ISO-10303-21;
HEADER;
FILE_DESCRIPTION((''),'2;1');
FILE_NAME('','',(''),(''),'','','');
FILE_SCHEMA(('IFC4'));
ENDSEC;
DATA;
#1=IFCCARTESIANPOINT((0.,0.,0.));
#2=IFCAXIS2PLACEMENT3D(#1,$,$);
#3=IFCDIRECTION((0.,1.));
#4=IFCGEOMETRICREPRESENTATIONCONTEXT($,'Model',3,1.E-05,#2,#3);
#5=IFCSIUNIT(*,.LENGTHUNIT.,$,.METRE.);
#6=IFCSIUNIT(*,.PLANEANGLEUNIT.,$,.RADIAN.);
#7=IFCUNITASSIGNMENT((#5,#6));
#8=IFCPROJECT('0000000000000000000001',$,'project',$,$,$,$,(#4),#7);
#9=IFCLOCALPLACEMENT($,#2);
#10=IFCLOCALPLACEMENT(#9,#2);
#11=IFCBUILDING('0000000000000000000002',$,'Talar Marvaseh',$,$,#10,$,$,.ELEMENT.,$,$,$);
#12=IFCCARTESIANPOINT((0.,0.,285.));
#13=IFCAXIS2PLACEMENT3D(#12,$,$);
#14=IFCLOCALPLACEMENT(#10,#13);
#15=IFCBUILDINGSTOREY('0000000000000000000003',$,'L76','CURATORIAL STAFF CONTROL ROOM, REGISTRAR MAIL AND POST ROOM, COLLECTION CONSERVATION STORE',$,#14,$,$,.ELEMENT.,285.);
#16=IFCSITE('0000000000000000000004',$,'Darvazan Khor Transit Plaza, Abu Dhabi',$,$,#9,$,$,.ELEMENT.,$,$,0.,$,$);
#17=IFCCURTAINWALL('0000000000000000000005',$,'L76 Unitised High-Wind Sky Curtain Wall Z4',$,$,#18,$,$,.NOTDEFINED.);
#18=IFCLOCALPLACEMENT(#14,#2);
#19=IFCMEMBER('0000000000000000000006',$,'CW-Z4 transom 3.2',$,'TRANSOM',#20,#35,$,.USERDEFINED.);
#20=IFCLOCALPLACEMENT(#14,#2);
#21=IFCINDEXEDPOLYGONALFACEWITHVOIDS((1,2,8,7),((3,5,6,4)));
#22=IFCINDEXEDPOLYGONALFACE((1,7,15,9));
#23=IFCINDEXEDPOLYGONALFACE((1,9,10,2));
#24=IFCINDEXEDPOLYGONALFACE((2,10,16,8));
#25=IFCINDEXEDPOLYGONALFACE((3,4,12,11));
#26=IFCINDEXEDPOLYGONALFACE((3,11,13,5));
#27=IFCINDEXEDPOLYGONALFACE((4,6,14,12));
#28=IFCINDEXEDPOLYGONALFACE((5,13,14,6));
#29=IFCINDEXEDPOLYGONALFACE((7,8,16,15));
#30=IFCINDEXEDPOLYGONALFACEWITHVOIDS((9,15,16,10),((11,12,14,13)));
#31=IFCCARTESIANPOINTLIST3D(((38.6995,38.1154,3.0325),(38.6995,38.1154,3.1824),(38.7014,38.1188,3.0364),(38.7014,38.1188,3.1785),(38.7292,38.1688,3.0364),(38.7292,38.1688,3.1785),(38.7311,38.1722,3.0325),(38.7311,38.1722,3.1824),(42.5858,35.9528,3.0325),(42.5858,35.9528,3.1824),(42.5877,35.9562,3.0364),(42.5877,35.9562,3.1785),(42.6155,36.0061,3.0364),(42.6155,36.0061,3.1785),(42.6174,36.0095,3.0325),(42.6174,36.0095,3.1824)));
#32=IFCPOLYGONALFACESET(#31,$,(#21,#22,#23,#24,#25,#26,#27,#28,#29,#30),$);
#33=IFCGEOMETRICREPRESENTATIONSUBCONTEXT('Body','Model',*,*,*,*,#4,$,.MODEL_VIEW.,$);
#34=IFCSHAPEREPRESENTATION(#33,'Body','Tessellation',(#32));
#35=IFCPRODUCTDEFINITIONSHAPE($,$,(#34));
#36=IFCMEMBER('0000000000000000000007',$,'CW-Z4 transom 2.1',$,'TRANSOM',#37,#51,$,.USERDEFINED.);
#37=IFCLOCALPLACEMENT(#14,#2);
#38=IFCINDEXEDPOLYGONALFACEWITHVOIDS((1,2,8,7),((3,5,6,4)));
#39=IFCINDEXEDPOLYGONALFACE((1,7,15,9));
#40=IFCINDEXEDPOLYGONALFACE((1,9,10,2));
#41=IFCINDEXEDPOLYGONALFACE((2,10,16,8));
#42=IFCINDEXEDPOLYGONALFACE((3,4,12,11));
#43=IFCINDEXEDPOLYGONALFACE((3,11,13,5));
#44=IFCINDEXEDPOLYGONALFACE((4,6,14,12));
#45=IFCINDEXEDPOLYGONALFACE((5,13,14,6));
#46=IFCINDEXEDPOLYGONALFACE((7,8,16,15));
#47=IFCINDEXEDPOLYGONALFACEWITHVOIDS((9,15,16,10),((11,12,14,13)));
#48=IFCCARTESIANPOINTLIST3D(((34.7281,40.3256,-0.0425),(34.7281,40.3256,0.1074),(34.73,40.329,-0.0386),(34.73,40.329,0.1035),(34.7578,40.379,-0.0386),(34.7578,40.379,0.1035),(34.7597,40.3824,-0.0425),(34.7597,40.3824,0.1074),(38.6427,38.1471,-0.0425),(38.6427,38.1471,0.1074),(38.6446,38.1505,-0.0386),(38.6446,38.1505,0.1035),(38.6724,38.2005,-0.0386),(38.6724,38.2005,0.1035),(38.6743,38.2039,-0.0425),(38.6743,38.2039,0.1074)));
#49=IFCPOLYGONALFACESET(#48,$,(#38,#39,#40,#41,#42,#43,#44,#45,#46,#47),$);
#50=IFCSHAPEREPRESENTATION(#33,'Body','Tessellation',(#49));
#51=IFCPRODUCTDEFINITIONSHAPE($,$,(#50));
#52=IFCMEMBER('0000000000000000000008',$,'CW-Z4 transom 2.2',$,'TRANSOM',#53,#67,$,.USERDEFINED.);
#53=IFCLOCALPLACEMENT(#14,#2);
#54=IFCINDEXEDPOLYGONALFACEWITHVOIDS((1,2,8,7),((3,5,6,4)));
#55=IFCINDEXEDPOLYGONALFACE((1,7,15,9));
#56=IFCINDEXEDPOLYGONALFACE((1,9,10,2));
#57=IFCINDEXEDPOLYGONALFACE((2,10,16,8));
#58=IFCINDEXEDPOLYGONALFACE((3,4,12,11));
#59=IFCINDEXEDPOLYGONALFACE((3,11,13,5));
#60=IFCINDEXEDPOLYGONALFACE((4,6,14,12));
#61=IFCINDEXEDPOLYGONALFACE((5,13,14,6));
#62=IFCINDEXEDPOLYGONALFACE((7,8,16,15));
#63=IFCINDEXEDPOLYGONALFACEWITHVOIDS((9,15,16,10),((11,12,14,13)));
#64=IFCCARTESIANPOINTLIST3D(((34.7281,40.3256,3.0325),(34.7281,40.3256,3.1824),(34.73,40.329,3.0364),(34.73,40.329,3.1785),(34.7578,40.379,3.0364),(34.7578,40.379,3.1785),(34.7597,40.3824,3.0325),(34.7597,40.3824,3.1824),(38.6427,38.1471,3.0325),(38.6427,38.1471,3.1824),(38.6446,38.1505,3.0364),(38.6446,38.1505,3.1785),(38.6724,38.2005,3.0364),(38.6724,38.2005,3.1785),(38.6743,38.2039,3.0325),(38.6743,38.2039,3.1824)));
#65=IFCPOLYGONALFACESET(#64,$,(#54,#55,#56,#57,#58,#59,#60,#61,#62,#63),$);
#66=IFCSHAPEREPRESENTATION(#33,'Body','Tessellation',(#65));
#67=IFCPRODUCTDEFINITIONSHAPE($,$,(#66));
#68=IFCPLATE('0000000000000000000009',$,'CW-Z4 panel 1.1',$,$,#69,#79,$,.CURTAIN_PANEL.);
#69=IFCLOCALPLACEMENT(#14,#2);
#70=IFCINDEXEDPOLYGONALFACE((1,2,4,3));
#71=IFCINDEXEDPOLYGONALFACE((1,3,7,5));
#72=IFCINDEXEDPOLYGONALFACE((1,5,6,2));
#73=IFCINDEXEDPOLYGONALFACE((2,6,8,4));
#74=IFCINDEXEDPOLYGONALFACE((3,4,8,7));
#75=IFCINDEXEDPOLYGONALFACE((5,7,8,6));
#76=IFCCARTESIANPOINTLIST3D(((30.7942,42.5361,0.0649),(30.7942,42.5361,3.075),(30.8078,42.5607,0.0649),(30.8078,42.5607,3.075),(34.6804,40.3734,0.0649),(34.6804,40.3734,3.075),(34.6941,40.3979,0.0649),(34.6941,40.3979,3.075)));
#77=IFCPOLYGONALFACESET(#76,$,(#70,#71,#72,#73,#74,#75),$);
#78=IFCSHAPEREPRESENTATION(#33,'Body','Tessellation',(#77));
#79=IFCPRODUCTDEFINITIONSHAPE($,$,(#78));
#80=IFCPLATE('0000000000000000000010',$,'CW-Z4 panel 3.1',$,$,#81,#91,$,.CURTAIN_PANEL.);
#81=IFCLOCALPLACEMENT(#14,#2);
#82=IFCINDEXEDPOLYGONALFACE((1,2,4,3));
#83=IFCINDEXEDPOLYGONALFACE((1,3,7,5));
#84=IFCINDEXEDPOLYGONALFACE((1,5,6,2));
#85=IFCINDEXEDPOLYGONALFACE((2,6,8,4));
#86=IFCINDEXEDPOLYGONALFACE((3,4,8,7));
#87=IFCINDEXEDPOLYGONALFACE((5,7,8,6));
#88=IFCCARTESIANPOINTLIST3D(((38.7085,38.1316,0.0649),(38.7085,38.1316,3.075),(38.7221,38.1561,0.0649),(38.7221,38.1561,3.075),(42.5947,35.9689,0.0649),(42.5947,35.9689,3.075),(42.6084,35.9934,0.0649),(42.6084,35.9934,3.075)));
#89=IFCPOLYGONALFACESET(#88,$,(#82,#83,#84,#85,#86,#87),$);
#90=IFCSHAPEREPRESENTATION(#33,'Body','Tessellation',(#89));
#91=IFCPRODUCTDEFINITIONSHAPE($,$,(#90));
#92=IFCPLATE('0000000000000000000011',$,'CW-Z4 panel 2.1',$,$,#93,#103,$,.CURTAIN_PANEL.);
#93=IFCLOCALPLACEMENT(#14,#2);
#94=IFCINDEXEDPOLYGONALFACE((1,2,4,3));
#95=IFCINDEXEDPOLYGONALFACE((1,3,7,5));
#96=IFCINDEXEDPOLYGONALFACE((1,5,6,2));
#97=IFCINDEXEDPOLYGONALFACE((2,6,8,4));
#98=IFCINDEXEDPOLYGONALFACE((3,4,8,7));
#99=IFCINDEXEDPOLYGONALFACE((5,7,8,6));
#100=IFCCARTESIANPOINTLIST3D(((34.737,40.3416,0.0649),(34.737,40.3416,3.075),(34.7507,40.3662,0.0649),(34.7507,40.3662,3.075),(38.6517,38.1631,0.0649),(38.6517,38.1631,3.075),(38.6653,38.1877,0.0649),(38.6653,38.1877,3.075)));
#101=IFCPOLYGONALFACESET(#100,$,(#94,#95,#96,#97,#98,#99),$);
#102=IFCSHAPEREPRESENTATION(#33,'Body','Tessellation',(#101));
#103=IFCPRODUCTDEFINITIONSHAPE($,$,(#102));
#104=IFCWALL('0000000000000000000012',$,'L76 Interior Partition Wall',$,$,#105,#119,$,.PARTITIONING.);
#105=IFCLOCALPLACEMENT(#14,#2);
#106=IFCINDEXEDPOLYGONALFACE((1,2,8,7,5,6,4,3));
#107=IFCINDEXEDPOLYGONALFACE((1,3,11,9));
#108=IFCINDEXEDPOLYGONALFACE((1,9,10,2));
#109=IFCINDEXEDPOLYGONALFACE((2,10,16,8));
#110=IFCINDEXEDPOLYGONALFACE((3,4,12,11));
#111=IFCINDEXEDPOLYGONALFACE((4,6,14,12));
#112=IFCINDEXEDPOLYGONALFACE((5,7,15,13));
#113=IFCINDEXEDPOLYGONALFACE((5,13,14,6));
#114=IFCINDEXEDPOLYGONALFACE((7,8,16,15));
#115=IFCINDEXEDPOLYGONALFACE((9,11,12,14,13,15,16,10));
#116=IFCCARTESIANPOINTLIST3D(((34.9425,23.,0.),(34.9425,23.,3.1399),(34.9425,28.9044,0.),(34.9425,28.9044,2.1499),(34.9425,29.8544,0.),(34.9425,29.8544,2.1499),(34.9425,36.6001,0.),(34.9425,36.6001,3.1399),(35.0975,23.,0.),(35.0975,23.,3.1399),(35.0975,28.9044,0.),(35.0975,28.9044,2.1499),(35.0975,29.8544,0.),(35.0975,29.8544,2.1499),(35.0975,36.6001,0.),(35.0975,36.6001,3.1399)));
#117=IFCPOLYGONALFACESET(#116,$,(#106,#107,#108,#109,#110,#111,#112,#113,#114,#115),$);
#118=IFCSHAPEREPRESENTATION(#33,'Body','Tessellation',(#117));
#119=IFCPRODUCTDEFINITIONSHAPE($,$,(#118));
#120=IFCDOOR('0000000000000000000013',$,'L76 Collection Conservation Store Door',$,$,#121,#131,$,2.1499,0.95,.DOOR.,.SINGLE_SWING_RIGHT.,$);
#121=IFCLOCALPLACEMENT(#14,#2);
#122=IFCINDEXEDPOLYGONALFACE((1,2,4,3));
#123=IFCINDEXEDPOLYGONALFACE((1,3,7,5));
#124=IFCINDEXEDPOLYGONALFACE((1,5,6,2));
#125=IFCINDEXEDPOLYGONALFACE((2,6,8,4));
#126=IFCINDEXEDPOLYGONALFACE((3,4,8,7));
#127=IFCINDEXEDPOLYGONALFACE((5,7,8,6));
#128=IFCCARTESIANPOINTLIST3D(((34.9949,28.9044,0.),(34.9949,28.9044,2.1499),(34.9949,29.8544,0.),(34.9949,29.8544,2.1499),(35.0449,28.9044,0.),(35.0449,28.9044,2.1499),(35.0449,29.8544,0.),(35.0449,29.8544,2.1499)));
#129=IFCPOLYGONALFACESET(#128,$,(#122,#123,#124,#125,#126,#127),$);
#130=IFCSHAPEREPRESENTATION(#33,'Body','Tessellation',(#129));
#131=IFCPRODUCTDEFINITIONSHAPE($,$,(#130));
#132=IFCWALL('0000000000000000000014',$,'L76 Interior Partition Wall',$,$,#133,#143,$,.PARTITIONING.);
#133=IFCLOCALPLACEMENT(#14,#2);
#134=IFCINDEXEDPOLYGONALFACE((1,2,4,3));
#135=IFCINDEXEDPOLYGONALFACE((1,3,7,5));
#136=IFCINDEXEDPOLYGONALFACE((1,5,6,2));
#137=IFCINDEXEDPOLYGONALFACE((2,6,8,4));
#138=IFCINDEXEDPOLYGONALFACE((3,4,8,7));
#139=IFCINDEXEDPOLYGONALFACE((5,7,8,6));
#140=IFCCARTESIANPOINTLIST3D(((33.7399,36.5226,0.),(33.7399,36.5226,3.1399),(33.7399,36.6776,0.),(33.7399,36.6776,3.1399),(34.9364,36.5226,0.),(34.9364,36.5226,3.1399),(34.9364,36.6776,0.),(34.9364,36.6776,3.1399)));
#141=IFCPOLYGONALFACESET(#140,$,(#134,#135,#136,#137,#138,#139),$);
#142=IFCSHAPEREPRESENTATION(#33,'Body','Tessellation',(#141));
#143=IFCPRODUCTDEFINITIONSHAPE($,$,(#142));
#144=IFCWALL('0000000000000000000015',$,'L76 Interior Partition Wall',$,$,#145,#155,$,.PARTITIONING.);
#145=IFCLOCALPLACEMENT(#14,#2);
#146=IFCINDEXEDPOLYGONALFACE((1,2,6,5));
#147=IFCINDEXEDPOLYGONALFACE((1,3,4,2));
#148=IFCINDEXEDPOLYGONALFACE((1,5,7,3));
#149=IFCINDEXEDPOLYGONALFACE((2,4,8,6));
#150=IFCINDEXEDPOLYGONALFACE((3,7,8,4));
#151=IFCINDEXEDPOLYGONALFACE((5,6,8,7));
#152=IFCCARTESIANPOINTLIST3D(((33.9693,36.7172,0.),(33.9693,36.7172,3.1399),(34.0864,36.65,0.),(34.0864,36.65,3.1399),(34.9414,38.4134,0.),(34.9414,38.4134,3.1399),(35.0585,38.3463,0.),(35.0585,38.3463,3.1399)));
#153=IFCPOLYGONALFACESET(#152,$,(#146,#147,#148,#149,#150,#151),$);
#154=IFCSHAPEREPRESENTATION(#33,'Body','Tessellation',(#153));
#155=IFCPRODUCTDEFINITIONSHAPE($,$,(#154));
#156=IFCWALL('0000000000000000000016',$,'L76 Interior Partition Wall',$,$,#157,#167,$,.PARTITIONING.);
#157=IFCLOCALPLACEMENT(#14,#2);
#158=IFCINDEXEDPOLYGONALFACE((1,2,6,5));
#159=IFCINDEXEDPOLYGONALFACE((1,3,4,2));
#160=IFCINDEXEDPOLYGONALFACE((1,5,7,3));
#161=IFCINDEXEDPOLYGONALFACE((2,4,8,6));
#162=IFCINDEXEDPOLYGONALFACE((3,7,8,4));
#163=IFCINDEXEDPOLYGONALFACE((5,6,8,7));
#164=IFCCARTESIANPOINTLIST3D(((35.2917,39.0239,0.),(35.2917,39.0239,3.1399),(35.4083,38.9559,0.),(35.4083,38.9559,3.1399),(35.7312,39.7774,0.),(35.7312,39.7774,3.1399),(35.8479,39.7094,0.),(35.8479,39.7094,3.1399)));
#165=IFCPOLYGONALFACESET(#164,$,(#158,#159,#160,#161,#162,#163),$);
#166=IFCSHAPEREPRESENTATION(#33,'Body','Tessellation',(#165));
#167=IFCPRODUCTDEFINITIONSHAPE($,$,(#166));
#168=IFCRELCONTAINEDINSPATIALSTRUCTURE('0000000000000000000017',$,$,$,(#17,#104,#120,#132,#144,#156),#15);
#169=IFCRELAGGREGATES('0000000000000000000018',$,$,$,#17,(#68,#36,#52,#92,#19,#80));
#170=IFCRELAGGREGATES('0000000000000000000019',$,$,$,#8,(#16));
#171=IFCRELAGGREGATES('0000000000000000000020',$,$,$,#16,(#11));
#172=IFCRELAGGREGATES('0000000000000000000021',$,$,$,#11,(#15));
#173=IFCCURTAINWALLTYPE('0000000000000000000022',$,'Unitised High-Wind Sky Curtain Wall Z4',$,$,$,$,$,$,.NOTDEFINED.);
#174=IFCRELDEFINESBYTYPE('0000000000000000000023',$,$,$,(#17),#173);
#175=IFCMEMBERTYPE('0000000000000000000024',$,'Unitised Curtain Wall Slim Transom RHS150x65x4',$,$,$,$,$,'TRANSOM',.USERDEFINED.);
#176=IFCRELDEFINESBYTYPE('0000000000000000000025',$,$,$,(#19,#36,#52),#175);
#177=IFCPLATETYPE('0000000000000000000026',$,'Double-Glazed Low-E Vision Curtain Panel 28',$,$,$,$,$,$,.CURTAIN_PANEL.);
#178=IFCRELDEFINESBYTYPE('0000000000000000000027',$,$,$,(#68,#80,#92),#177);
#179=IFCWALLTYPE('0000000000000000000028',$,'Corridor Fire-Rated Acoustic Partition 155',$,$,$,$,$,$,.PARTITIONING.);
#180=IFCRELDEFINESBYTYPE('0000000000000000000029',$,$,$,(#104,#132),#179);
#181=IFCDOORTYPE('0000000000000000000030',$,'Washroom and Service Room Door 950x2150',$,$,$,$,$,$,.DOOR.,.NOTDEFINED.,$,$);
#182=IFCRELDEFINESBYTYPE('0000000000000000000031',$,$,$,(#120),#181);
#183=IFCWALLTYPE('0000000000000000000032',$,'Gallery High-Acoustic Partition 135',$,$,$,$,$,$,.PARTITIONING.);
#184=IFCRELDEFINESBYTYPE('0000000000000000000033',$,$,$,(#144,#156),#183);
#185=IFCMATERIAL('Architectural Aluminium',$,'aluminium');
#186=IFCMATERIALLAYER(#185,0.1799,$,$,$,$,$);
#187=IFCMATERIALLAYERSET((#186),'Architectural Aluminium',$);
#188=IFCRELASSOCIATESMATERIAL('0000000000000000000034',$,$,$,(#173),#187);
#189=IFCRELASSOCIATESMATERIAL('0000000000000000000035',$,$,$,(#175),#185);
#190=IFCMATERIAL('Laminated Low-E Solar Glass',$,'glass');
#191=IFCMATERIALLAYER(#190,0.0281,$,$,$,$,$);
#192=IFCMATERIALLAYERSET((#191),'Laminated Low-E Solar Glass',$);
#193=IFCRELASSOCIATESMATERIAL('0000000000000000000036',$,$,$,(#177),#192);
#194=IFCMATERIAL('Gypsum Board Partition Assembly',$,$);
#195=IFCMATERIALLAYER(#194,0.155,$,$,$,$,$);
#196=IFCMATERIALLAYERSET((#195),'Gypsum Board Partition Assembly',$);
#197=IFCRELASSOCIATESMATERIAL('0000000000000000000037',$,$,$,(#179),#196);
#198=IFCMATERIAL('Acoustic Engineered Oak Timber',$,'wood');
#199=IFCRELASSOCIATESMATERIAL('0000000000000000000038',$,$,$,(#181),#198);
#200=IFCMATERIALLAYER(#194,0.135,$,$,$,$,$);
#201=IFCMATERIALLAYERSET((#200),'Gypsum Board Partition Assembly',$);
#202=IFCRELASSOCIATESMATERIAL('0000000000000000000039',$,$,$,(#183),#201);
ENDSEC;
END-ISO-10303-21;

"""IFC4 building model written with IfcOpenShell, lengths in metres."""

from ifc_helpers import new_model, si_unit, direction, frame, frame_2d, origin, origin_2d, place, context, subcontext, project, spatial, rectangle, hollow_rectangle, extrude, source, transform, mapped, material, layer, layer_set, material_profile, profile_set, type_object, type_shapes, element, fill, aggregate, save


model = new_model("IFC4")

# Units and contexts
model_context = context("Model", 3, precision=1e-05, world=origin(), true_north=direction((0.0, 1.0)))
body_context = subcontext(model_context, "Body", "Model", "MODEL_VIEW")
ifc_project = project(units=[si_unit("LENGTHUNIT", "METRE"), si_unit("PLANEANGLEUNIT", "RADIAN")], contexts=[model_context])

# Site, building, storey
site_placement = place(None, origin())
site = spatial("IfcSite", under=ifc_project, at=site_placement, Name="Darvazan Khor Transit Plaza, Abu Dhabi", CompositionType="ELEMENT", RefElevation=0.0)
building_placement = place(site_placement, origin())
building = spatial("IfcBuilding", under=site, at=building_placement, Name="Talar Marvaseh", CompositionType="ELEMENT")
storey_placement = place(building_placement, frame((0.0, 0.0, 285.0)))
storey = spatial("IfcBuildingStorey", under=building, at=storey_placement, Name="L76", Description="CURATORIAL STAFF CONTROL ROOM, REGISTRAR MAIL AND POST ROOM, COLLECTION CONSERVATION STORE", CompositionType="ELEMENT", Elevation=285.0)

# Curtain wall, members, plates
ifc_material_1 = material(Name="Architectural Aluminium", Category="aluminium")
ifc_layer_1 = layer(ifc_material_1, 0.1799)
ifc_layer_set_1 = layer_set([ifc_layer_1], Name="Architectural Aluminium")
curtain_wall_type = type_object("IfcCurtainWallType", Name="Unitised High-Wind Sky Curtain Wall Z4", PredefinedType="NOTDEFINED", material=ifc_layer_set_1)
curtain_wall_placement = place(storey_placement, origin())
curtain_wall = element("IfcCurtainWall", 1, at=curtain_wall_placement, inside=storey, type_object=curtain_wall_type, Name="L76 Unitised High-Wind Sky Curtain Wall Z4", PredefinedType="NOTDEFINED")
ifc_material_profile_1 = material_profile(ifc_material_1, hollow_rectangle(XDim=0.0649, YDim=0.1499, WallThickness=0.0039, at=origin_2d()), Name="RHS150x65x4")
ifc_profile_set_1 = profile_set([ifc_material_profile_1], Name="Architectural Aluminium")
member_type_1 = type_object("IfcMemberType", Name="Unitised Curtain Wall Slim Transom RHS150x65x4", ElementType="TRANSOM", PredefinedType="USERDEFINED", material=ifc_profile_set_1)
shared_shape_1 = source(origin(), body_context, "Body", "SweptSolid", [
    extrude(hollow_rectangle(XDim=0.0649, YDim=0.1499, WallThickness=0.0039, at=origin_2d()), origin(), (0.0, 0.0, 1.0), 4.4475),
])
member_1_placement = place(storey_placement, frame((38.7153, 38.1438, 3.1074), z_axis=(0.873815, -0.486258, 0.0), x_axis=(0.486258, 0.873815, 0.0)))
member_1 = element("IfcMember", 2, at=member_1_placement, type_object=member_type_1, Name="CW-Z4 transom 3.2", ObjectType="TRANSOM", PredefinedType="USERDEFINED", context=body_context, shape_type="MappedRepresentation", body=[
    mapped(shared_shape_1, transform((0.0, 0.0, 0.0), x_axis=(1.0, 0.0, 0.0), y_axis=(0.0, 1.0, 0.0), z_axis=(0.0, 0.0, 1.0), scale=1.0)),
])
shared_shape_2 = source(origin(), body_context, "Body", "SweptSolid", [
    extrude(hollow_rectangle(XDim=0.0649, YDim=0.1499, WallThickness=0.0039, at=origin_2d()), origin(), (0.0, 0.0, 1.0), 4.48),
])
type_shapes(member_type_1, [shared_shape_1, shared_shape_2])
member_2_placement = place(storey_placement, frame((34.7439, 40.354, 0.0325), z_axis=(0.873805, -0.486277, 0.0), x_axis=(0.486277, 0.873805, 0.0)))
member_2 = element("IfcMember", 3, at=member_2_placement, type_object=member_type_1, Name="CW-Z4 transom 2.1", ObjectType="TRANSOM", PredefinedType="USERDEFINED", context=body_context, shape_type="MappedRepresentation", body=[
    mapped(shared_shape_2, transform((0.0, 0.0, 0.0), x_axis=(1.0, 0.0, 0.0), y_axis=(0.0, 1.0, 0.0), z_axis=(0.0, 0.0, 1.0), scale=1.0)),
])
member_3_placement = place(storey_placement, frame((34.7439, 40.354, 3.1074), z_axis=(0.873805, -0.486277, 0.0), x_axis=(0.486277, 0.873805, 0.0)))
member_3 = element("IfcMember", 4, at=member_3_placement, type_object=member_type_1, Name="CW-Z4 transom 2.2", ObjectType="TRANSOM", PredefinedType="USERDEFINED", context=body_context, shape_type="MappedRepresentation", body=[
    mapped(shared_shape_2, transform((0.0, 0.0, 0.0), x_axis=(1.0, 0.0, 0.0), y_axis=(0.0, 1.0, 0.0), z_axis=(0.0, 0.0, 1.0), scale=1.0)),
])
ifc_material_2 = material(Name="Laminated Low-E Solar Glass", Category="glass")
ifc_layer_2 = layer(ifc_material_2, 0.0281)
ifc_layer_set_2 = layer_set([ifc_layer_2], Name="Laminated Low-E Solar Glass")
plate_type = type_object("IfcPlateType", Name="Double-Glazed Low-E Vision Curtain Panel 28", PredefinedType="CURTAIN_PANEL", material=ifc_layer_set_2)
shared_shape_3 = source(origin(), body_context, "Body", "SweptSolid", [
    extrude(rectangle(XDim=4.4475, YDim=0.0281, at=origin_2d()), origin(), (0.0, 0.0, 1.0), 3.01),
])
plate_1_placement = place(storey_placement, frame((32.7441, 41.467, 0.0649), z_axis=(0.0, 0.0, 1.0), x_axis=(0.873803, -0.486279, 0.0)))
plate_1 = element("IfcPlate", 5, at=plate_1_placement, type_object=plate_type, Name="CW-Z4 panel 1.1", PredefinedType="CURTAIN_PANEL", context=body_context, shape_type="MappedRepresentation", body=[
    mapped(shared_shape_3, transform((0.0, 0.0, 0.0), x_axis=(1.0, 0.0, 0.0), y_axis=(0.0, 1.0, 0.0), z_axis=(0.0, 0.0, 1.0), scale=1.0)),
])
plate_2_placement = place(storey_placement, frame((40.6584, 37.0625, 0.0649), z_axis=(0.0, 0.0, 1.0), x_axis=(0.873803, -0.486279, 0.0)))
plate_2 = element("IfcPlate", 6, at=plate_2_placement, type_object=plate_type, Name="CW-Z4 panel 3.1", PredefinedType="CURTAIN_PANEL", context=body_context, shape_type="MappedRepresentation", body=[
    mapped(shared_shape_3, transform((0.0, 0.0, 0.0), x_axis=(1.0, 0.0, 0.0), y_axis=(0.0, 1.0, 0.0), z_axis=(0.0, 0.0, 1.0), scale=1.0)),
])
shared_shape_4 = source(origin(), body_context, "Body", "SweptSolid", [
    extrude(rectangle(XDim=4.48, YDim=0.0281, at=origin_2d()), origin(), (0.0, 0.0, 1.0), 3.01),
])
type_shapes(plate_type, [shared_shape_3, shared_shape_4])
plate_3_placement = place(storey_placement, frame((36.7012, 39.2646, 0.0649), z_axis=(0.0, 0.0, 1.0), x_axis=(0.873803, -0.486279, 0.0)))
plate_3 = element("IfcPlate", 7, at=plate_3_placement, type_object=plate_type, Name="CW-Z4 panel 2.1", PredefinedType="CURTAIN_PANEL", context=body_context, shape_type="MappedRepresentation", body=[
    mapped(shared_shape_4, transform((0.0, 0.0, 0.0), x_axis=(1.0, 0.0, 0.0), y_axis=(0.0, 1.0, 0.0), z_axis=(0.0, 0.0, 1.0), scale=1.0)),
])
aggregate(curtain_wall, [plate_1, member_2, member_3, plate_3, member_1, plate_2])

# Wall, opening, door
ifc_material_3 = material(Name="Gypsum Board Partition Assembly")
ifc_layer_3 = layer(ifc_material_3, 0.155)
ifc_layer_set_3 = layer_set([ifc_layer_3], Name="Gypsum Board Partition Assembly")
wall_type_1 = type_object("IfcWallType", Name="Corridor Fire-Rated Acoustic Partition 155", PredefinedType="PARTITIONING", material=ifc_layer_set_3)
wall_1_placement = place(storey_placement, frame((35.02, 36.6001, 0.0), z_axis=(0.0, 0.0, 1.0), x_axis=(0.0, -1.0, 0.0)))
wall_1 = element("IfcWall", 8, at=wall_1_placement, inside=storey, type_object=wall_type_1, Name="L76 Interior Partition Wall", PredefinedType="PARTITIONING", context=body_context, shape_type="SweptSolid", body=[
    extrude(rectangle(XDim=13.6001, YDim=0.155, at=frame_2d((6.8, 0.0))), origin(), (0.0, 0.0, 1.0), 3.1399),
])
opening_placement = place(wall_1_placement, frame((6.7456, 0.0, 0.0)))
opening = element("IfcOpeningElement", 9, at=opening_placement, cuts=wall_1, PredefinedType="OPENING", context=body_context, shape_type="SweptSolid", body=[
    extrude(rectangle(XDim=0.95, YDim=2.1499, at=frame_2d((0.4751, 1.075))), frame((0.0, 0.0874, 0.0), z_axis=(0.0, -1.0, 0.0), x_axis=(1.0, 0.0, 0.0)), (0.0, 0.0, 1.0), 0.175),
])
ifc_material_4 = material(Name="Acoustic Engineered Oak Timber", Category="wood")
door_type = type_object("IfcDoorType", Name="Washroom and Service Room Door 950x2150", OperationType="NOTDEFINED", PredefinedType="DOOR", material=ifc_material_4)
shared_shape_5 = source(origin(), body_context, "Body", "SweptSolid", [
    extrude(rectangle(XDim=0.95, YDim=2.1499, at=frame_2d((0.4751, 1.075))), frame((0.0, 0.0249, 0.0), z_axis=(0.0, -1.0, 0.0), x_axis=(1.0, 0.0, 0.0)), (0.0, 0.0, 1.0), 0.05),
])
type_shapes(door_type, [shared_shape_5])
door_placement = place(opening_placement, origin())
door = element("IfcDoor", 10, at=door_placement, inside=storey, type_object=door_type, Name="L76 Collection Conservation Store Door", OperationType="SINGLE_SWING_RIGHT", OverallHeight=2.1499, OverallWidth=0.95, PredefinedType="DOOR", context=body_context, shape_type="MappedRepresentation", body=[
    mapped(shared_shape_5, transform((0.0, 0.0, 0.0), x_axis=(1.0, 0.0, 0.0), y_axis=(0.0, 1.0, 0.0), z_axis=(0.0, 0.0, 1.0), scale=1.0)),
])
fill(opening, door)

# Walls
wall_2_placement = place(storey_placement, frame((33.74, 36.6001, 0.0), z_axis=(0.0, 0.0, 1.0), x_axis=(1.0, 0.0, 0.0)))
element("IfcWall", 11, at=wall_2_placement, inside=storey, type_object=wall_type_1, Name="L76 Interior Partition Wall", PredefinedType="PARTITIONING", context=body_context, shape_type="SweptSolid", body=[
    extrude(rectangle(XDim=1.1965, YDim=0.155, at=frame_2d((0.5981, 0.0))), origin(), (0.0, 0.0, 1.0), 3.1399),
])
ifc_layer_4 = layer(ifc_material_3, 0.135)
ifc_layer_set_4 = layer_set([ifc_layer_4], Name="Gypsum Board Partition Assembly")
wall_type_2 = type_object("IfcWallType", Name="Gallery High-Acoustic Partition 135", PredefinedType="PARTITIONING", material=ifc_layer_set_4)
wall_3_placement = place(storey_placement, frame((34.0278, 36.6836, 0.0), z_axis=(0.0, 0.0, 1.0), x_axis=(0.497241, 0.867612, 0.0)))
element("IfcWall", 12, at=wall_3_placement, inside=storey, type_object=wall_type_2, Name="L76 Interior Partition Wall", PredefinedType="PARTITIONING", context=body_context, shape_type="SweptSolid", body=[
    extrude(rectangle(XDim=1.9551, YDim=0.135, at=frame_2d((0.9775, 0.0))), origin(), (0.0, 0.0, 1.0), 3.1399),
])
wall_4_placement = place(storey_placement, frame((35.3501, 38.99, 0.0), z_axis=(0.0, 0.0, 1.0), x_axis=(0.503836, 0.863799, 0.0)))
element("IfcWall", 13, at=wall_4_placement, inside=storey, type_object=wall_type_2, Name="L76 Interior Partition Wall", PredefinedType="PARTITIONING", context=body_context, shape_type="SweptSolid", body=[
    extrude(rectangle(XDim=0.8723, YDim=0.135, at=frame_2d((0.436, 0.0))), origin(), (0.0, 0.0, 1.0), 3.1399),
])

save(model, "model.ifc")
